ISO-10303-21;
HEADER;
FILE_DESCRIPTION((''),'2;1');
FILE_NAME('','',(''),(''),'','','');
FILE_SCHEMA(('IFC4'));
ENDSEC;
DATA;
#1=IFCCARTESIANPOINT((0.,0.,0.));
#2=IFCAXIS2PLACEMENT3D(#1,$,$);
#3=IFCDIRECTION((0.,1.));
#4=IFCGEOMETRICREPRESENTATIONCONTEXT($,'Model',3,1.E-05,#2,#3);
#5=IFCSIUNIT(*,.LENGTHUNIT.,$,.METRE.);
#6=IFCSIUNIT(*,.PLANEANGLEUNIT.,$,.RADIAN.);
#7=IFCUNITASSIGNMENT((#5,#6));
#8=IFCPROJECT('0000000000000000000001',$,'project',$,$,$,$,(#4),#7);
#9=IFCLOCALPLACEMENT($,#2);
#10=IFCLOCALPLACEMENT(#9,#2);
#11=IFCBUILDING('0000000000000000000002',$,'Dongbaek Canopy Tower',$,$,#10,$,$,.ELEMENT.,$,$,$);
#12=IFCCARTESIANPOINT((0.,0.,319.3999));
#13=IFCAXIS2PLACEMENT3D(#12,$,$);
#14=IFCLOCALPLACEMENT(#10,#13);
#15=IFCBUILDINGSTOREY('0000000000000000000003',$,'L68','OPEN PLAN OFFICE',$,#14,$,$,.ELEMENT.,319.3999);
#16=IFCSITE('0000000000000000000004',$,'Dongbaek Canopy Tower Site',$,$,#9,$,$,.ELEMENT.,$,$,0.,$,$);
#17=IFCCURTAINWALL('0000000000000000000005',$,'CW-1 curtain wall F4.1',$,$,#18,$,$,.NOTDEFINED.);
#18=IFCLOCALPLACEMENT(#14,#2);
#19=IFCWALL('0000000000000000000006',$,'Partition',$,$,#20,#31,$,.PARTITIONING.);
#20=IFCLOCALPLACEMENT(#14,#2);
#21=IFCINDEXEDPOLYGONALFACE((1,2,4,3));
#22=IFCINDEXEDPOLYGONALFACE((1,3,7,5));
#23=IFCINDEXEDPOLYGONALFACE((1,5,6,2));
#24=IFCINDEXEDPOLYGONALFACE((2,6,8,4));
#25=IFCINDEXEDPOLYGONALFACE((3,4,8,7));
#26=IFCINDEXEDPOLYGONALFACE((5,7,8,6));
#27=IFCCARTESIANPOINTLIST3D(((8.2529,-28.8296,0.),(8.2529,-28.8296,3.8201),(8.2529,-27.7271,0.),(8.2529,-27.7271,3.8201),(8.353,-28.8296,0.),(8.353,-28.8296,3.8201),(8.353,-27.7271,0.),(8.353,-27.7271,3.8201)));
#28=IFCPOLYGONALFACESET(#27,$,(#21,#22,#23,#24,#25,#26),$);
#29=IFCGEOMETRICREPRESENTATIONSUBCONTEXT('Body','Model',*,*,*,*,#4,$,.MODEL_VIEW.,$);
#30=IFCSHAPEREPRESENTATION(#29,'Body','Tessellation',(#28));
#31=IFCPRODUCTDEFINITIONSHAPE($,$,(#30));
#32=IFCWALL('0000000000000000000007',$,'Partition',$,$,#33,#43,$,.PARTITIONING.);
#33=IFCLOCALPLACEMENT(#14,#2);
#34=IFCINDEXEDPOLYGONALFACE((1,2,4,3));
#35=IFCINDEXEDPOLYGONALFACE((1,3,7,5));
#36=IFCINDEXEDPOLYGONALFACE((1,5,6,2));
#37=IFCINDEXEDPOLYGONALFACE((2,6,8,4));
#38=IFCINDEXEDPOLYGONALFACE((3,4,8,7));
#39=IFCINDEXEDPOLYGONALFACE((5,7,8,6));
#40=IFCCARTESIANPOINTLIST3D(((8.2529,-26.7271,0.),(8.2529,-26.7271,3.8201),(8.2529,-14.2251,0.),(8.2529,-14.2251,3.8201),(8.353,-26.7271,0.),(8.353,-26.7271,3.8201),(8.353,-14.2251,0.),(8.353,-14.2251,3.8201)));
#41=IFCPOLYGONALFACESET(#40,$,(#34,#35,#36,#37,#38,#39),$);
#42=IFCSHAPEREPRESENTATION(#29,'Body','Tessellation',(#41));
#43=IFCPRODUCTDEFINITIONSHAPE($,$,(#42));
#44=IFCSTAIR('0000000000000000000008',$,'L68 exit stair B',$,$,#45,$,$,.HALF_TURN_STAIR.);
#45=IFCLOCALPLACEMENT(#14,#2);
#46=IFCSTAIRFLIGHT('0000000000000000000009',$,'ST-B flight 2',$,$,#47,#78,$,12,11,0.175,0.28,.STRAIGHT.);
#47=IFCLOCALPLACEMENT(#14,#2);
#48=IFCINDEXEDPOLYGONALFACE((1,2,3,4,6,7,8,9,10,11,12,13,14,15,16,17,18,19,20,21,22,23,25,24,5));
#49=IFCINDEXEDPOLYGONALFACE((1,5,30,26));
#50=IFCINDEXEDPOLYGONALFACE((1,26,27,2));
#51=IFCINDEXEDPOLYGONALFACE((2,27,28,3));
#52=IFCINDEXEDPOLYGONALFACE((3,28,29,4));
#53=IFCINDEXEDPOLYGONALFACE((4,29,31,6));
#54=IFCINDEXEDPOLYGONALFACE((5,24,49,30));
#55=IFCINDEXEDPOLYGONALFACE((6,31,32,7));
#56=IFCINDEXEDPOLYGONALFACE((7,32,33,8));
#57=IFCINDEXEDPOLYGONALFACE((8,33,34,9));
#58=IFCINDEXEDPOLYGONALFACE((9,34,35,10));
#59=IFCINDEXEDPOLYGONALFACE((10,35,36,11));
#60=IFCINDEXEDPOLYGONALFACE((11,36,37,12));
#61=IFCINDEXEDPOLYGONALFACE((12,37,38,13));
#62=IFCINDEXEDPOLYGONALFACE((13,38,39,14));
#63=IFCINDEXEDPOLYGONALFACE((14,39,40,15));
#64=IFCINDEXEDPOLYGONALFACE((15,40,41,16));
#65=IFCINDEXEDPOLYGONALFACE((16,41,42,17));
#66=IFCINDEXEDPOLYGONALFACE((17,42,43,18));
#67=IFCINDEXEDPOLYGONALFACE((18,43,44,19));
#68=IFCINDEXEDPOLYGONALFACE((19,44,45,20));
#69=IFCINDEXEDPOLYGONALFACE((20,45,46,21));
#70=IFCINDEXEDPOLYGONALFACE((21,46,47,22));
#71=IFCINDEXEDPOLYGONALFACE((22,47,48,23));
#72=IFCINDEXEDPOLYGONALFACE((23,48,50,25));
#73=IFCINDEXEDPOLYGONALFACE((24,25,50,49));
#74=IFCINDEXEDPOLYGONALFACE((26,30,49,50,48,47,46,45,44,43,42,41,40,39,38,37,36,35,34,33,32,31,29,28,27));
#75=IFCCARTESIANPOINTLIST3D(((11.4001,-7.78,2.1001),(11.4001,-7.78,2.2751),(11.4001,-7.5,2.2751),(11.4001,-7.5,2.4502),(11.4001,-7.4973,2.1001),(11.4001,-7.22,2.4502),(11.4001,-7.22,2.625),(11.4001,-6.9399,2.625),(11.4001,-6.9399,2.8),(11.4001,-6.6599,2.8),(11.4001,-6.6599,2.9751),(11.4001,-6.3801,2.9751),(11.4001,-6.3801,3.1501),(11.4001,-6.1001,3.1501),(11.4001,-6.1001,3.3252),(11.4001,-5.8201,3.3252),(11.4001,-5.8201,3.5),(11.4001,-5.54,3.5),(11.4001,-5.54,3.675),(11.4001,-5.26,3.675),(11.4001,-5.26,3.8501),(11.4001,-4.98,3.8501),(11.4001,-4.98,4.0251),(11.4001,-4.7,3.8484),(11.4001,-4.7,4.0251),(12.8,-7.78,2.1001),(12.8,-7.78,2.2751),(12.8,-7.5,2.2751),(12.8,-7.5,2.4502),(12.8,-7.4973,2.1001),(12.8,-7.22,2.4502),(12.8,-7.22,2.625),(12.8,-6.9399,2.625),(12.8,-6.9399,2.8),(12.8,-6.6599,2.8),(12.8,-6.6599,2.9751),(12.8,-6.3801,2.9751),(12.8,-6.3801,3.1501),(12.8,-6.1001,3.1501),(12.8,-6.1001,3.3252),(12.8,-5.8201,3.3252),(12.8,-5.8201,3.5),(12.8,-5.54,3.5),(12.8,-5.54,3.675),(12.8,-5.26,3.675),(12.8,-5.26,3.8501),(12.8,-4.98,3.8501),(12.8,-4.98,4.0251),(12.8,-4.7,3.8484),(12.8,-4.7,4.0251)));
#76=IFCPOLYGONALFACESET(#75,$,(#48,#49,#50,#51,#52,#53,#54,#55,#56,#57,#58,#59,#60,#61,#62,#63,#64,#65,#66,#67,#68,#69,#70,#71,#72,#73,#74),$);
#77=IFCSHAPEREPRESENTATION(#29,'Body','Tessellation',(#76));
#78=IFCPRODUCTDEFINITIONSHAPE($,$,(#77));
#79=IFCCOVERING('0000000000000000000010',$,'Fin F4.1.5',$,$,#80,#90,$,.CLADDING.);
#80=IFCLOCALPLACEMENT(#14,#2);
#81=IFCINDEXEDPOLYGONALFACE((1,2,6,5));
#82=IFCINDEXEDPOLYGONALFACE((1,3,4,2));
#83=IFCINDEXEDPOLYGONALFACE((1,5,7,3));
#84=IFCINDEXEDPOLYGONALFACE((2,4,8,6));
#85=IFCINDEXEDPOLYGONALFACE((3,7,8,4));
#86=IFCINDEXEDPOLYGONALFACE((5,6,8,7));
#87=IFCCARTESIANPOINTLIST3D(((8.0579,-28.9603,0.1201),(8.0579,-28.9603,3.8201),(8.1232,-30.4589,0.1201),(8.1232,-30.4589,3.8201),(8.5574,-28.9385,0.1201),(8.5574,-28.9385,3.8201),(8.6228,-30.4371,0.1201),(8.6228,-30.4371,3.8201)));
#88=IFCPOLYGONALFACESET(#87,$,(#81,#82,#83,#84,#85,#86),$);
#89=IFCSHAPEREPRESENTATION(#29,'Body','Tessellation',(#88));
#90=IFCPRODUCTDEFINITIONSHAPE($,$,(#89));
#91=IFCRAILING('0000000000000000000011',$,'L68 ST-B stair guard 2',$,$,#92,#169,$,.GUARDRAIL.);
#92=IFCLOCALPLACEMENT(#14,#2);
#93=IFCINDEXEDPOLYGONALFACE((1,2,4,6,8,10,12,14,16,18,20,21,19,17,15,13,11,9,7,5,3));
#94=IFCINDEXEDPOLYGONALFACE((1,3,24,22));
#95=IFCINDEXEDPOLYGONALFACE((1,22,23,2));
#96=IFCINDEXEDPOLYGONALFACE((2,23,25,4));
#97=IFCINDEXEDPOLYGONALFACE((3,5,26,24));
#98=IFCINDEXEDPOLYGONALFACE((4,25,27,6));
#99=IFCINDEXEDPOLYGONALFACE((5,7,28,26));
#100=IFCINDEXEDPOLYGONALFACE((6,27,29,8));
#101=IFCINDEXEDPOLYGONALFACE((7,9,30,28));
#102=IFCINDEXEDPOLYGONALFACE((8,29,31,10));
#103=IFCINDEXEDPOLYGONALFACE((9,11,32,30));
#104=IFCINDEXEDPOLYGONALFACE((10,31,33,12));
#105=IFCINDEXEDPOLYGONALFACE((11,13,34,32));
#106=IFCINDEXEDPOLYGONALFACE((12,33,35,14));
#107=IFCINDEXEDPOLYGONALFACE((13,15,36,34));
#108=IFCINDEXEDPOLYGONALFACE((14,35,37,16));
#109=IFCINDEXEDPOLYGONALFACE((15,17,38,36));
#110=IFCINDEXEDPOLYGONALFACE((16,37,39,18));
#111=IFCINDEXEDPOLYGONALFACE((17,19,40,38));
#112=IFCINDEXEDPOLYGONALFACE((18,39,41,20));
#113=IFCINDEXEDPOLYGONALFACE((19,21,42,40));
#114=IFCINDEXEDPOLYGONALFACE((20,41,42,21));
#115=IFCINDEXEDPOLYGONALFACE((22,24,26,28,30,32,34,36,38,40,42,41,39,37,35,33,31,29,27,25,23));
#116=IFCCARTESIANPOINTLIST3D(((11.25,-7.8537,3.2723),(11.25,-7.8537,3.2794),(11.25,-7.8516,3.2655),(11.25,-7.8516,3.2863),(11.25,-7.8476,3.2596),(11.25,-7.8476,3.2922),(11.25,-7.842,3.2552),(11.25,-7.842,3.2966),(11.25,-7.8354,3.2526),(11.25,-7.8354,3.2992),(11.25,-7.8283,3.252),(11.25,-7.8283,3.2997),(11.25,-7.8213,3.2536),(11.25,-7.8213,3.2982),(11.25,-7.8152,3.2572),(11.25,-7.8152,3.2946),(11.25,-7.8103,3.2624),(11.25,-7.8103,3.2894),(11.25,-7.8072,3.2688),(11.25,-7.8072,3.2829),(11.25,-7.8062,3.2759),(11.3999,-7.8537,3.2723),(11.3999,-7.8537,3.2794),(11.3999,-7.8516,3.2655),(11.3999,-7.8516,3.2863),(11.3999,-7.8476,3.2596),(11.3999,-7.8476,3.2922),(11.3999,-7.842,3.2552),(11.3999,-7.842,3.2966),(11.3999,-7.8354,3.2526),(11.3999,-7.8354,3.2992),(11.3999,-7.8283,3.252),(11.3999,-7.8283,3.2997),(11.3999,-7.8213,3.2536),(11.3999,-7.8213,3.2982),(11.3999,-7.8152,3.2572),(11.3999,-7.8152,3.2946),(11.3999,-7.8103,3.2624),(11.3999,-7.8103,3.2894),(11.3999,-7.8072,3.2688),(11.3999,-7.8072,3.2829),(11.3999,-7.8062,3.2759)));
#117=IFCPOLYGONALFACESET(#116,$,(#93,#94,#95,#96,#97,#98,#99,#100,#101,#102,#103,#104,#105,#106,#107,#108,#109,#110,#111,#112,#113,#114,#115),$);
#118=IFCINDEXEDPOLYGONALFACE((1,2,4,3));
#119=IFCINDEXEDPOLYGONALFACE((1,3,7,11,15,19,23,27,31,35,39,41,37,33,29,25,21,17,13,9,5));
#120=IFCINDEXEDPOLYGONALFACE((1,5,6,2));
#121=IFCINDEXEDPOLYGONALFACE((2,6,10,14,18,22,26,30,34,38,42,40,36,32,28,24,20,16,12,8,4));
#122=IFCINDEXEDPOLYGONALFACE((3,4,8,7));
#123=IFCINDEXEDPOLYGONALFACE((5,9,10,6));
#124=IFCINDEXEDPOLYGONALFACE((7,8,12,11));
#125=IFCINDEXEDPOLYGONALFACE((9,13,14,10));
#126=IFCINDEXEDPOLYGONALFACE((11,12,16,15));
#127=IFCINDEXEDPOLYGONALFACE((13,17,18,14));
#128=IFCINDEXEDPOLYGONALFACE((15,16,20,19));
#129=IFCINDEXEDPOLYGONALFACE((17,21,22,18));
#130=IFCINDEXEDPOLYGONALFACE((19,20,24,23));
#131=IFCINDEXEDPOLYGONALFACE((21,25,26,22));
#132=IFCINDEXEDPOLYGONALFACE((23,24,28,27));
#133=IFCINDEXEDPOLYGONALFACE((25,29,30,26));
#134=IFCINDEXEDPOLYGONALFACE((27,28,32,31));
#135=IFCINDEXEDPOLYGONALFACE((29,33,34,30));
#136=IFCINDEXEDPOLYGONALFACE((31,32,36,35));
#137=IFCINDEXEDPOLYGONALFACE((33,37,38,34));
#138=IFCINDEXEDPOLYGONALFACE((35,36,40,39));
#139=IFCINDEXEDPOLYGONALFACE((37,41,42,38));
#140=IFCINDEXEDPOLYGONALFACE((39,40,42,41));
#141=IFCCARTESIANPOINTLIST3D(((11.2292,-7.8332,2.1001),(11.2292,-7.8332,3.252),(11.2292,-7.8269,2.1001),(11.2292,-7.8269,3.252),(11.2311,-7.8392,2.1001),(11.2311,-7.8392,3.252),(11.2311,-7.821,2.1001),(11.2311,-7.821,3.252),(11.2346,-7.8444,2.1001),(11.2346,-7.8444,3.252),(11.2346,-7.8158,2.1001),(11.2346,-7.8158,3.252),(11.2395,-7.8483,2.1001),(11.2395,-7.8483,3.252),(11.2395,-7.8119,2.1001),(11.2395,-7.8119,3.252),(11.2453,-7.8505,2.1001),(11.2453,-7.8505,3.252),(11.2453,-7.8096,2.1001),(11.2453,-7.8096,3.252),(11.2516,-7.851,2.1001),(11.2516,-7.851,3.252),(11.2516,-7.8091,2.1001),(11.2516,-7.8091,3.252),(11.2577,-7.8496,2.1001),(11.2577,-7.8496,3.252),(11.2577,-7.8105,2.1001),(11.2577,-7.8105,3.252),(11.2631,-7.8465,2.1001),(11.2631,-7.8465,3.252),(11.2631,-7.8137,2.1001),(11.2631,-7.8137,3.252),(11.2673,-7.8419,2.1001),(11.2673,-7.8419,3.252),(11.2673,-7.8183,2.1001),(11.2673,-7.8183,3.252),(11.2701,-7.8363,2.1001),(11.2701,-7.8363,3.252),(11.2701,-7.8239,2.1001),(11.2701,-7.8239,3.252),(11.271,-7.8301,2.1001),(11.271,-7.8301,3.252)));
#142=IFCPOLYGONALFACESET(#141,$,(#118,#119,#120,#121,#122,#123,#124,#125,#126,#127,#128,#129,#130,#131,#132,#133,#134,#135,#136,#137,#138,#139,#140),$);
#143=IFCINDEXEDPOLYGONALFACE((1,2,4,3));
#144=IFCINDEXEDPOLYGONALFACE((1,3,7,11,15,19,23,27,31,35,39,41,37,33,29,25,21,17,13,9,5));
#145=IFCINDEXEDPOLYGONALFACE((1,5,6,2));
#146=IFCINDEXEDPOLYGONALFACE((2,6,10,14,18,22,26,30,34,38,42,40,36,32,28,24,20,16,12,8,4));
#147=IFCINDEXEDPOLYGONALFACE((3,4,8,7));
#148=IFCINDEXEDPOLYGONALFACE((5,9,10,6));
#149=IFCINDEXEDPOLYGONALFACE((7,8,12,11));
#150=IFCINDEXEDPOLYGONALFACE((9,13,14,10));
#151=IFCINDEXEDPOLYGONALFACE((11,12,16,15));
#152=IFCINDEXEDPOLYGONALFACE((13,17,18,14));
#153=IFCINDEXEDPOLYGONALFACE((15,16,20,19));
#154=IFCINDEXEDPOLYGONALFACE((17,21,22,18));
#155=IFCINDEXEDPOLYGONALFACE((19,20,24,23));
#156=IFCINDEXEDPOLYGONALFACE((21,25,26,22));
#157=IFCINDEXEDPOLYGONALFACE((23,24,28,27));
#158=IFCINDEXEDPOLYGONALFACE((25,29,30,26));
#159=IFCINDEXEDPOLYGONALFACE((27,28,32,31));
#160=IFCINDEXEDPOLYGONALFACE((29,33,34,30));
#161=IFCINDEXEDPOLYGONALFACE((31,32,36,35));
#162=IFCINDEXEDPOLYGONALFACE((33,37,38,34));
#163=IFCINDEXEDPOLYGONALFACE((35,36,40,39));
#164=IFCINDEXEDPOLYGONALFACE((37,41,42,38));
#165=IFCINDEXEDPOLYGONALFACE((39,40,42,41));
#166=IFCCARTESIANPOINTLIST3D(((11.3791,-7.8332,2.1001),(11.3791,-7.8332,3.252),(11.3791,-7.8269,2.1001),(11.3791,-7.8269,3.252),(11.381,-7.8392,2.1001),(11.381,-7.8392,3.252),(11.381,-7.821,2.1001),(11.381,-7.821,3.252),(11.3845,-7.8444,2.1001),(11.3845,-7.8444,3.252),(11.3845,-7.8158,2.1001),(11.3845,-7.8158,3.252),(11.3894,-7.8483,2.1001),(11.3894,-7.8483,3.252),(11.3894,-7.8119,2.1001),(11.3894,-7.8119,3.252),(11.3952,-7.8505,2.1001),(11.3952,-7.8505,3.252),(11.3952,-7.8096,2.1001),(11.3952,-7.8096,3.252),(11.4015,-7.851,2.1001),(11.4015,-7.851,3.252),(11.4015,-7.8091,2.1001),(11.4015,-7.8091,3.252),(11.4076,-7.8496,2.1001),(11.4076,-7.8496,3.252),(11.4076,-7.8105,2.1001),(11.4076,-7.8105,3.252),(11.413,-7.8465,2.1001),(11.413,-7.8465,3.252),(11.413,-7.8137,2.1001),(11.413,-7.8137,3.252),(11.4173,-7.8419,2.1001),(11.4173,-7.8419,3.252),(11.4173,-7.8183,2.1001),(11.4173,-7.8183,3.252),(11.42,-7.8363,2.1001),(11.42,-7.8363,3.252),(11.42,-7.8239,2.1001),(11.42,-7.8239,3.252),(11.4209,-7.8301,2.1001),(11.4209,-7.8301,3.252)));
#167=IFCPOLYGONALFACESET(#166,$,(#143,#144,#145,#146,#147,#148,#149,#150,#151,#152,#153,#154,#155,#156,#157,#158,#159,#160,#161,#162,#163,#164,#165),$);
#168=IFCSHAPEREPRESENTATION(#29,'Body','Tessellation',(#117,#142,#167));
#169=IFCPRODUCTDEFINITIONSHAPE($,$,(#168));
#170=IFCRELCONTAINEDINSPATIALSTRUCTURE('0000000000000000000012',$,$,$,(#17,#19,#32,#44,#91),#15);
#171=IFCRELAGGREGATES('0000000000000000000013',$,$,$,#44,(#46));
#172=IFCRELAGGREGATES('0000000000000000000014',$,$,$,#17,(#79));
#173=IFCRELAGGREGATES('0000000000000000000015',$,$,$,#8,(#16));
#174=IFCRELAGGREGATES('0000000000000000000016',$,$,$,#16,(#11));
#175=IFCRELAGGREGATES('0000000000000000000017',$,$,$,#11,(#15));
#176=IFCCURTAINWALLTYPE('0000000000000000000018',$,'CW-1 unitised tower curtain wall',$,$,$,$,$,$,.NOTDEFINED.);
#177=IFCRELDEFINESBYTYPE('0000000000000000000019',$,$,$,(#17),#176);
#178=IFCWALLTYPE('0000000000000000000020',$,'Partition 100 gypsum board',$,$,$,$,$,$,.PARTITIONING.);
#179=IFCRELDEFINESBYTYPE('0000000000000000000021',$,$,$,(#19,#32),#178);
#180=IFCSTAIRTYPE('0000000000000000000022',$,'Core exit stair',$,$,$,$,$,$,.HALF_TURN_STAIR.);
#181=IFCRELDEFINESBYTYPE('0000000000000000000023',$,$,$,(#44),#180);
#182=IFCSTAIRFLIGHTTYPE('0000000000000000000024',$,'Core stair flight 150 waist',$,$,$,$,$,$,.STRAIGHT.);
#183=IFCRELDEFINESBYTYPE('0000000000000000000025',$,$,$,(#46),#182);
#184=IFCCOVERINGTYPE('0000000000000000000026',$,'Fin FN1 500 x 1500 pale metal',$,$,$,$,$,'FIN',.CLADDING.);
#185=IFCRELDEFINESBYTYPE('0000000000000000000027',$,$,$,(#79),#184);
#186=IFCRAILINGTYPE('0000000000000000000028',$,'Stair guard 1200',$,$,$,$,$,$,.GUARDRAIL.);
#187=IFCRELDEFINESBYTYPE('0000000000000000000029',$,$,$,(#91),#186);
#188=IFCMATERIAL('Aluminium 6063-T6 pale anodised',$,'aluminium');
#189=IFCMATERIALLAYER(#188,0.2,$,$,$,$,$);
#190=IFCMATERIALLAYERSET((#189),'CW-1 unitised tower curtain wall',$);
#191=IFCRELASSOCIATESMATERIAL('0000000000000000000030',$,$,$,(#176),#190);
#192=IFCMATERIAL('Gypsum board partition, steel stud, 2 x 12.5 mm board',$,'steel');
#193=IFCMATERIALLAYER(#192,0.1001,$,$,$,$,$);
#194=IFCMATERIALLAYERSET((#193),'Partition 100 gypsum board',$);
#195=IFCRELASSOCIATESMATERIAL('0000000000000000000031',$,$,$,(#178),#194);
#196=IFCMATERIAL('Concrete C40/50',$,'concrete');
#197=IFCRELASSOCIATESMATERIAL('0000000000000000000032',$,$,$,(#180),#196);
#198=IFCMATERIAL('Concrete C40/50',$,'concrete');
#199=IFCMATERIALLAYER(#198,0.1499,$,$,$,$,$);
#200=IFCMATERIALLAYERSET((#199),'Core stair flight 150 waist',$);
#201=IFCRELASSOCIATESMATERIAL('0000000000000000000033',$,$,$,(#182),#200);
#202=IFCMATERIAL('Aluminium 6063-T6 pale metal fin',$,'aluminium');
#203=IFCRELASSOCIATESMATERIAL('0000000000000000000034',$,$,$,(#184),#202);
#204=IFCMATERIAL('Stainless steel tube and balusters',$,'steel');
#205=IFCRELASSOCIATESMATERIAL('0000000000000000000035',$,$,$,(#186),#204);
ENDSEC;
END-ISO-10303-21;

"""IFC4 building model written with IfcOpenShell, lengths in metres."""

from ifc_helpers import new_model, si_unit, direction, frame, frame_2d, origin, origin_2d, place, context, subcontext, project, spatial, polyline, rectangle, circle, outline, extrude, material, layer, layer_set, material_profile, profile_set, type_object, element, aggregate, save


model = new_model("IFC4")

# Units and contexts
model_context = context("Model", 3, precision=1e-05, world=origin(), true_north=direction((0.0, 1.0)))
body_context = subcontext(model_context, "Body", "Model", "MODEL_VIEW")
ifc_project = project(units=[si_unit("LENGTHUNIT", "METRE"), si_unit("PLANEANGLEUNIT", "RADIAN")], contexts=[model_context])

# Site, building, storey
site_placement = place(None, origin())
site = spatial("IfcSite", under=ifc_project, at=site_placement, Name="Dongbaek Canopy Tower Site", CompositionType="ELEMENT", RefElevation=0.0)
building_placement = place(site_placement, origin())
building = spatial("IfcBuilding", under=site, at=building_placement, Name="Dongbaek Canopy Tower", CompositionType="ELEMENT")
storey_placement = place(building_placement, frame((0.0, 0.0, 319.3999)))
storey = spatial("IfcBuildingStorey", under=building, at=storey_placement, Name="L68", Description="OPEN PLAN OFFICE", CompositionType="ELEMENT", Elevation=319.3999)

# Curtain wall
ifc_material_1 = material(Name="Aluminium 6063-T6 pale anodised", Category="aluminium")
ifc_layer_1 = layer(ifc_material_1, 0.2)
ifc_layer_set_1 = layer_set([ifc_layer_1], Name="CW-1 unitised tower curtain wall")
curtain_wall_type = type_object("IfcCurtainWallType", Name="CW-1 unitised tower curtain wall", PredefinedType="NOTDEFINED", material=ifc_layer_set_1)
curtain_wall_placement = place(storey_placement, origin())
curtain_wall = element("IfcCurtainWall", 1, at=curtain_wall_placement, inside=storey, type_object=curtain_wall_type, Name="CW-1 curtain wall F4.1", PredefinedType="NOTDEFINED")

# Walls
ifc_material_2 = material(Name="Gypsum board partition, steel stud, 2 x 12.5 mm board", Category="steel")
ifc_layer_2 = layer(ifc_material_2, 0.1001)
ifc_layer_set_2 = layer_set([ifc_layer_2], Name="Partition 100 gypsum board")
wall_type_1 = type_object("IfcWallType", Name="Partition 100 gypsum board", PredefinedType="PARTITIONING", material=ifc_layer_set_2)
wall_1_placement = place(storey_placement, frame((8.303, -28.8296, 0.0), z_axis=(0.0, 0.0, 1.0), x_axis=(0.0, 1.0, 0.0)))
element("IfcWall", 2, at=wall_1_placement, inside=storey, type_object=wall_type_1, Name="Partition", PredefinedType="PARTITIONING", context=body_context, shape_type="SweptSolid", body=[
    extrude(rectangle(XDim=1.1025, YDim=0.1001, at=frame_2d((0.5513, 0.0))), origin(), (0.0, 0.0, 1.0), 3.8201),
])
wall_2_placement = place(storey_placement, frame((8.303, -26.7271, 0.0), z_axis=(0.0, 0.0, 1.0), x_axis=(0.0, 1.0, 0.0)))
element("IfcWall", 3, at=wall_2_placement, inside=storey, type_object=wall_type_1, Name="Partition", PredefinedType="PARTITIONING", context=body_context, shape_type="SweptSolid", body=[
    extrude(rectangle(XDim=12.502, YDim=0.1001, at=frame_2d((6.251, 0.0))), origin(), (0.0, 0.0, 1.0), 3.8201),
])

# Stair, stair flight
ifc_material_3 = material(Name="Concrete C40/50", Category="concrete")
stair_type = type_object("IfcStairType", Name="Core exit stair", PredefinedType="HALF_TURN_STAIR", material=ifc_material_3)
stair_placement = place(storey_placement, origin())
stair = element("IfcStair", 4, at=stair_placement, inside=storey, type_object=stair_type, Name="L68 exit stair B", PredefinedType="HALF_TURN_STAIR")
ifc_material_4 = material(Name="Concrete C40/50", Category="concrete")
ifc_layer_3 = layer(ifc_material_4, 0.1499)
ifc_layer_set_3 = layer_set([ifc_layer_3], Name="Core stair flight 150 waist")
stair_flight_type = type_object("IfcStairFlightType", Name="Core stair flight 150 waist", PredefinedType="STRAIGHT", material=ifc_layer_set_3)
stair_flight_placement = place(storey_placement, frame((12.1001, -7.78, 2.1001), z_axis=(0.0, 0.0, 1.0), x_axis=(0.0, 1.0, 0.0)))
stair_flight = element("IfcStairFlight", 5, at=stair_flight_placement, type_object=stair_flight_type, Name="ST-B flight 2", NumberOfRisers=12, NumberOfTreads=11, PredefinedType="STRAIGHT", RiserHeight=0.175, TreadLength=0.28, context=body_context, shape_type="SweptSolid", body=[
    extrude(outline(polyline([(0.0, 0.0), (0.0, 0.175), (0.28, 0.175), (0.28, 0.3501), (0.5601, 0.3501), (0.5601, 0.5249), (0.8401, 0.5249), (0.8401, 0.7), (1.1201, 0.7), (1.1201, 0.875), (1.3999, 0.875), (1.3999, 1.05), (1.6799, 1.05), (1.6799, 1.2251), (1.96, 1.2251), (1.96, 1.3999), (2.24, 1.3999), (2.24, 1.575), (2.52, 1.575), (2.52, 1.75), (2.8, 1.75), (2.8, 1.925), (3.0801, 1.925), (3.0801, 2.1001), (3.0801, 1.7483), (0.2827, 0.0), (0.0, 0.0)])), frame((0.0, 0.7, 0.0), z_axis=(0.0, -1.0, 0.0), x_axis=(1.0, 0.0, 0.0)), (0.0, 0.0, 1.0), 1.3999),
])
aggregate(stair, [stair_flight])

# Covering
ifc_material_5 = material(Name="Aluminium 6063-T6 pale metal fin", Category="aluminium")
ifc_material_profile_1 = material_profile(ifc_material_5, rectangle(XDim=1.5, YDim=0.5, at=origin_2d()), Name="Fin FN1 500 x 1500 pale metal")
ifc_profile_set_1 = profile_set([ifc_material_profile_1], Name="Aluminium 6063-T6 pale metal fin")
covering_type = type_object("IfcCoveringType", Name="Fin FN1 500 x 1500 pale metal", ElementType="FIN", PredefinedType="CLADDING", material=ifc_profile_set_1)
covering_placement = place(storey_placement, frame((8.3403, -29.6987, 0.1201), z_axis=(0.0, 0.0, 1.0), x_axis=(0.043572, -0.99905, 0.0)))
covering = element("IfcCovering", 6, at=covering_placement, type_object=covering_type, Name="Fin F4.1.5", PredefinedType="CLADDING", context=body_context, shape_type="SweptSolid", body=[
    extrude(rectangle(XDim=1.5, YDim=0.5, at=origin_2d()), origin(), (0.0, 0.0, 1.0), 3.7),
])
aggregate(curtain_wall, [covering])

# Railing
ifc_material_6 = material(Name="Stainless steel tube and balusters", Category="steel")
railing_type_1 = type_object("IfcRailingType", Name="Stair guard 1200", PredefinedType="GUARDRAIL", material=ifc_material_6)
railing_1_placement = place(storey_placement, frame((11.25, -7.8301, 2.1001)))
element("IfcRailing", 7, at=railing_1_placement, inside=storey, type_object=railing_type_1, Name="L68 ST-B stair guard 2", PredefinedType="GUARDRAIL", context=body_context, shape_type="SweptSolid", body=[
    extrude(circle(Radius=0.0239, at=origin_2d()), frame((0.0, 0.0, 1.1758), z_axis=(1.0, 0.0, 0.0), x_axis=(0.0, 1.0, 0.0)), (0.0, 0.0, 1.0), 0.1499),
    extrude(circle(Radius=0.021, at=origin_2d()), origin(), (0.0, 0.0, 1.0), 1.1519),
    extrude(circle(Radius=0.021, at=origin_2d()), frame((0.1499, 0.0, 0.0)), (0.0, 0.0, 1.0), 1.1519),
])

save(model, "model.ifc")
